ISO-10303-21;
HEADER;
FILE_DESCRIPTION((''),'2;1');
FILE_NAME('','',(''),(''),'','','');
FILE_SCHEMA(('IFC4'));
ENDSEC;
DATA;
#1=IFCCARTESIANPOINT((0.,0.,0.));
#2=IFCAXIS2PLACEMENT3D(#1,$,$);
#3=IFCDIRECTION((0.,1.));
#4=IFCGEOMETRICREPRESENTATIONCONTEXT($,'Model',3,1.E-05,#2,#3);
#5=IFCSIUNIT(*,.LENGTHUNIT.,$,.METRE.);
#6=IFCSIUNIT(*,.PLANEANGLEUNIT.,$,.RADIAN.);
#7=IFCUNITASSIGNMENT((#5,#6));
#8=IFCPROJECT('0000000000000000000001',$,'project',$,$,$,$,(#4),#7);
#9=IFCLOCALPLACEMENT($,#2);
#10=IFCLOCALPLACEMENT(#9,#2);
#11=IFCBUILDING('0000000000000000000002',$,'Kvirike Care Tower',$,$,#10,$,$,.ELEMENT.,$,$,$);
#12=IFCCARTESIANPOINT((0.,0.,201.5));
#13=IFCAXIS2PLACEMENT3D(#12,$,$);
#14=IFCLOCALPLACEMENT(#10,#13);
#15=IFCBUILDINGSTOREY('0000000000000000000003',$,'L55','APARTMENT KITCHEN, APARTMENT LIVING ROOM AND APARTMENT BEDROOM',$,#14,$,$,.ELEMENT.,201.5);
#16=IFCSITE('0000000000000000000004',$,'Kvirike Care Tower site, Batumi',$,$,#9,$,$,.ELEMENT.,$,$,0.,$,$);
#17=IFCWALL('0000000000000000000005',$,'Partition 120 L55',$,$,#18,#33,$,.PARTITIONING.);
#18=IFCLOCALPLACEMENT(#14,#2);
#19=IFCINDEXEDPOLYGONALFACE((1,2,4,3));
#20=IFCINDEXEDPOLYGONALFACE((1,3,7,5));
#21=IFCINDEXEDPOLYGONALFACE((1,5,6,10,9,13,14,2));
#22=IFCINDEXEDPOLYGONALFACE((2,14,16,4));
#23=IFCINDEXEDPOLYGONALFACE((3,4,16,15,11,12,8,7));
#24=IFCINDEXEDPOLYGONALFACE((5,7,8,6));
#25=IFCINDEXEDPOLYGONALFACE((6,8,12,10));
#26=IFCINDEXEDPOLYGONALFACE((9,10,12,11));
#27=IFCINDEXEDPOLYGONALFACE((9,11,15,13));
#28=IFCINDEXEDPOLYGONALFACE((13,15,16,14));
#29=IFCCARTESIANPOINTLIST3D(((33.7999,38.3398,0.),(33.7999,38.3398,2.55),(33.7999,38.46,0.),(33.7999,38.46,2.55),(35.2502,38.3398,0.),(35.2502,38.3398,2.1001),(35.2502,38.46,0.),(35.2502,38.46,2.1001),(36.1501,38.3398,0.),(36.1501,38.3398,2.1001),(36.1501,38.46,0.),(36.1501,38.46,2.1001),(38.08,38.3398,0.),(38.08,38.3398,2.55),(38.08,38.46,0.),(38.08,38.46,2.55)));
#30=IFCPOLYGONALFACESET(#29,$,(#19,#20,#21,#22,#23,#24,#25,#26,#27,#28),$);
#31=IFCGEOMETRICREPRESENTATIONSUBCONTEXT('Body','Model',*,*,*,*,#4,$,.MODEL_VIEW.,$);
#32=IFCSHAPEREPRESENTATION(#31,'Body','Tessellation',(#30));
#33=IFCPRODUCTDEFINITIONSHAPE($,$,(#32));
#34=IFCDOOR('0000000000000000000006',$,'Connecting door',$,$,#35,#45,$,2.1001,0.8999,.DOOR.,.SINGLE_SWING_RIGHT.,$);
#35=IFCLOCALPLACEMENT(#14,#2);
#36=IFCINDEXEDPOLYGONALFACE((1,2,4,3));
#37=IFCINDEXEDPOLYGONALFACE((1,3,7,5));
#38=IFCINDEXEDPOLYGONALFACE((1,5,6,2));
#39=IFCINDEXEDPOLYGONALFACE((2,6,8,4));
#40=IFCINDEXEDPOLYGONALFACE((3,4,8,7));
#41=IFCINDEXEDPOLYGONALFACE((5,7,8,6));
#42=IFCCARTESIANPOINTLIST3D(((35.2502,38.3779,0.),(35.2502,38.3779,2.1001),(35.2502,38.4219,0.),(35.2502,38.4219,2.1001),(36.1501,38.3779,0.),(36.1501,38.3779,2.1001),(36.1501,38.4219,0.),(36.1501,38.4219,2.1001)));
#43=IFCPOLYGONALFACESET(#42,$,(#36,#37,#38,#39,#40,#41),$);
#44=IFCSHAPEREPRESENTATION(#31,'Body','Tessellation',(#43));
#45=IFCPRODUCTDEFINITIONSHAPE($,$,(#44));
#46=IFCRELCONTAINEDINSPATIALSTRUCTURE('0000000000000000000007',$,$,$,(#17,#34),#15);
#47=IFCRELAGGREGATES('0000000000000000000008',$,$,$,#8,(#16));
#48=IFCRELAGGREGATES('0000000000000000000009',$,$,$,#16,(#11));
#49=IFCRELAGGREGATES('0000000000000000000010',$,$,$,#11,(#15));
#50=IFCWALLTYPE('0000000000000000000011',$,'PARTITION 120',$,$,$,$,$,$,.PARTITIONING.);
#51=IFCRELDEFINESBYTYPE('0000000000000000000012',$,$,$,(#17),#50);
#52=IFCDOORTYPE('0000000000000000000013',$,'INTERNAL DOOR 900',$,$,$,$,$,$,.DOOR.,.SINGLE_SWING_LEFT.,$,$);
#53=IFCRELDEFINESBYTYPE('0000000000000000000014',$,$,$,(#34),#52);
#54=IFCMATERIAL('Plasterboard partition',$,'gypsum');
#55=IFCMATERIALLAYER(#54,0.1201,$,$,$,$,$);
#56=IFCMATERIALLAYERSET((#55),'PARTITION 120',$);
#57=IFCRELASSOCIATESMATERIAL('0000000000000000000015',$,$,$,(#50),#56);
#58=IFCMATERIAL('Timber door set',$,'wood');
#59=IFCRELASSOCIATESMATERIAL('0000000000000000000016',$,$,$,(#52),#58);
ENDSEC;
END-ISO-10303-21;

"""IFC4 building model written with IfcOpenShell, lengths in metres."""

from ifc_helpers import new_model, si_unit, direction, frame, frame_2d, origin, place, context, subcontext, project, spatial, rectangle, extrude, material, layer, layer_set, type_object, element, fill, save


model = new_model("IFC4")

# Units and contexts
model_context = context("Model", 3, precision=1e-05, world=origin(), true_north=direction((0.0, 1.0)))
body_context = subcontext(model_context, "Body", "Model", "MODEL_VIEW")
ifc_project = project(units=[si_unit("LENGTHUNIT", "METRE"), si_unit("PLANEANGLEUNIT", "RADIAN")], contexts=[model_context])

# Site, building, storey
site_placement = place(None, origin())
site = spatial("IfcSite", under=ifc_project, at=site_placement, Name="Kvirike Care Tower site, Batumi", CompositionType="ELEMENT", RefElevation=0.0)
building_placement = place(site_placement, origin())
building = spatial("IfcBuilding", under=site, at=building_placement, Name="Kvirike Care Tower", CompositionType="ELEMENT")
storey_placement = place(building_placement, frame((0.0, 0.0, 201.5)))
storey = spatial("IfcBuildingStorey", under=building, at=storey_placement, Name="L55", Description="APARTMENT KITCHEN, APARTMENT LIVING ROOM AND APARTMENT BEDROOM", CompositionType="ELEMENT", Elevation=201.5)

# Wall, opening, door
ifc_material_1 = material(Name="Plasterboard partition", Category="gypsum")
ifc_layer_1 = layer(ifc_material_1, 0.1201)
ifc_layer_set_1 = layer_set([ifc_layer_1], Name="PARTITION 120")
wall_type = type_object("IfcWallType", Name="PARTITION 120", PredefinedType="PARTITIONING", material=ifc_layer_set_1)
wall_placement = place(storey_placement, frame((38.0801, 38.3999, 0.0), z_axis=(0.0, 0.0, 1.0), x_axis=(-1.0, 0.0, 0.0)))
wall = element("IfcWall", 1, at=wall_placement, inside=storey, type_object=wall_type, Name="Partition 120 L55", PredefinedType="PARTITIONING", context=body_context, shape_type="SweptSolid", body=[
    extrude(rectangle(XDim=4.28, YDim=0.1201, at=frame_2d((2.1401, 0.0))), origin(), (0.0, 0.0, 1.0), 2.55),
])
opening_placement = place(wall_placement, frame((1.9299, 0.0, 0.0)))
opening = element("IfcOpeningElement", 2, at=opening_placement, cuts=wall, PredefinedType="OPENING", context=body_context, shape_type="SweptSolid", body=[
    extrude(rectangle(XDim=0.8999, YDim=2.1001, at=frame_2d((0.45, 1.05))), frame((0.0, 0.0706, 0.0), z_axis=(0.0, -1.0, 0.0), x_axis=(1.0, 0.0, 0.0)), (0.0, 0.0, 1.0), 0.1411),
])
ifc_material_2 = material(Name="Timber door set", Category="wood")
door_type = type_object("IfcDoorType", Name="INTERNAL DOOR 900", OperationType="SINGLE_SWING_LEFT", PredefinedType="DOOR", material=ifc_material_2)
door_placement = place(opening_placement, frame((0.8999, 0.0, 0.0), z_axis=(0.0, 0.0, 1.0), x_axis=(-1.0, 0.0, 0.0)))
door = element("IfcDoor", 3, at=door_placement, inside=storey, type_object=door_type, Name="Connecting door", OperationType="SINGLE_SWING_RIGHT", OverallHeight=2.1001, OverallWidth=0.8999, PredefinedType="DOOR", context=body_context, shape_type="SweptSolid", body=[
    extrude(rectangle(XDim=0.8999, YDim=2.1001, at=frame_2d((0.45, 1.05))), frame((0.0, 0.022, 0.0), z_axis=(0.0, -1.0, 0.0), x_axis=(1.0, 0.0, 0.0)), (0.0, 0.0, 1.0), 0.0439),
])
fill(opening, door)

save(model, "model.ifc")
